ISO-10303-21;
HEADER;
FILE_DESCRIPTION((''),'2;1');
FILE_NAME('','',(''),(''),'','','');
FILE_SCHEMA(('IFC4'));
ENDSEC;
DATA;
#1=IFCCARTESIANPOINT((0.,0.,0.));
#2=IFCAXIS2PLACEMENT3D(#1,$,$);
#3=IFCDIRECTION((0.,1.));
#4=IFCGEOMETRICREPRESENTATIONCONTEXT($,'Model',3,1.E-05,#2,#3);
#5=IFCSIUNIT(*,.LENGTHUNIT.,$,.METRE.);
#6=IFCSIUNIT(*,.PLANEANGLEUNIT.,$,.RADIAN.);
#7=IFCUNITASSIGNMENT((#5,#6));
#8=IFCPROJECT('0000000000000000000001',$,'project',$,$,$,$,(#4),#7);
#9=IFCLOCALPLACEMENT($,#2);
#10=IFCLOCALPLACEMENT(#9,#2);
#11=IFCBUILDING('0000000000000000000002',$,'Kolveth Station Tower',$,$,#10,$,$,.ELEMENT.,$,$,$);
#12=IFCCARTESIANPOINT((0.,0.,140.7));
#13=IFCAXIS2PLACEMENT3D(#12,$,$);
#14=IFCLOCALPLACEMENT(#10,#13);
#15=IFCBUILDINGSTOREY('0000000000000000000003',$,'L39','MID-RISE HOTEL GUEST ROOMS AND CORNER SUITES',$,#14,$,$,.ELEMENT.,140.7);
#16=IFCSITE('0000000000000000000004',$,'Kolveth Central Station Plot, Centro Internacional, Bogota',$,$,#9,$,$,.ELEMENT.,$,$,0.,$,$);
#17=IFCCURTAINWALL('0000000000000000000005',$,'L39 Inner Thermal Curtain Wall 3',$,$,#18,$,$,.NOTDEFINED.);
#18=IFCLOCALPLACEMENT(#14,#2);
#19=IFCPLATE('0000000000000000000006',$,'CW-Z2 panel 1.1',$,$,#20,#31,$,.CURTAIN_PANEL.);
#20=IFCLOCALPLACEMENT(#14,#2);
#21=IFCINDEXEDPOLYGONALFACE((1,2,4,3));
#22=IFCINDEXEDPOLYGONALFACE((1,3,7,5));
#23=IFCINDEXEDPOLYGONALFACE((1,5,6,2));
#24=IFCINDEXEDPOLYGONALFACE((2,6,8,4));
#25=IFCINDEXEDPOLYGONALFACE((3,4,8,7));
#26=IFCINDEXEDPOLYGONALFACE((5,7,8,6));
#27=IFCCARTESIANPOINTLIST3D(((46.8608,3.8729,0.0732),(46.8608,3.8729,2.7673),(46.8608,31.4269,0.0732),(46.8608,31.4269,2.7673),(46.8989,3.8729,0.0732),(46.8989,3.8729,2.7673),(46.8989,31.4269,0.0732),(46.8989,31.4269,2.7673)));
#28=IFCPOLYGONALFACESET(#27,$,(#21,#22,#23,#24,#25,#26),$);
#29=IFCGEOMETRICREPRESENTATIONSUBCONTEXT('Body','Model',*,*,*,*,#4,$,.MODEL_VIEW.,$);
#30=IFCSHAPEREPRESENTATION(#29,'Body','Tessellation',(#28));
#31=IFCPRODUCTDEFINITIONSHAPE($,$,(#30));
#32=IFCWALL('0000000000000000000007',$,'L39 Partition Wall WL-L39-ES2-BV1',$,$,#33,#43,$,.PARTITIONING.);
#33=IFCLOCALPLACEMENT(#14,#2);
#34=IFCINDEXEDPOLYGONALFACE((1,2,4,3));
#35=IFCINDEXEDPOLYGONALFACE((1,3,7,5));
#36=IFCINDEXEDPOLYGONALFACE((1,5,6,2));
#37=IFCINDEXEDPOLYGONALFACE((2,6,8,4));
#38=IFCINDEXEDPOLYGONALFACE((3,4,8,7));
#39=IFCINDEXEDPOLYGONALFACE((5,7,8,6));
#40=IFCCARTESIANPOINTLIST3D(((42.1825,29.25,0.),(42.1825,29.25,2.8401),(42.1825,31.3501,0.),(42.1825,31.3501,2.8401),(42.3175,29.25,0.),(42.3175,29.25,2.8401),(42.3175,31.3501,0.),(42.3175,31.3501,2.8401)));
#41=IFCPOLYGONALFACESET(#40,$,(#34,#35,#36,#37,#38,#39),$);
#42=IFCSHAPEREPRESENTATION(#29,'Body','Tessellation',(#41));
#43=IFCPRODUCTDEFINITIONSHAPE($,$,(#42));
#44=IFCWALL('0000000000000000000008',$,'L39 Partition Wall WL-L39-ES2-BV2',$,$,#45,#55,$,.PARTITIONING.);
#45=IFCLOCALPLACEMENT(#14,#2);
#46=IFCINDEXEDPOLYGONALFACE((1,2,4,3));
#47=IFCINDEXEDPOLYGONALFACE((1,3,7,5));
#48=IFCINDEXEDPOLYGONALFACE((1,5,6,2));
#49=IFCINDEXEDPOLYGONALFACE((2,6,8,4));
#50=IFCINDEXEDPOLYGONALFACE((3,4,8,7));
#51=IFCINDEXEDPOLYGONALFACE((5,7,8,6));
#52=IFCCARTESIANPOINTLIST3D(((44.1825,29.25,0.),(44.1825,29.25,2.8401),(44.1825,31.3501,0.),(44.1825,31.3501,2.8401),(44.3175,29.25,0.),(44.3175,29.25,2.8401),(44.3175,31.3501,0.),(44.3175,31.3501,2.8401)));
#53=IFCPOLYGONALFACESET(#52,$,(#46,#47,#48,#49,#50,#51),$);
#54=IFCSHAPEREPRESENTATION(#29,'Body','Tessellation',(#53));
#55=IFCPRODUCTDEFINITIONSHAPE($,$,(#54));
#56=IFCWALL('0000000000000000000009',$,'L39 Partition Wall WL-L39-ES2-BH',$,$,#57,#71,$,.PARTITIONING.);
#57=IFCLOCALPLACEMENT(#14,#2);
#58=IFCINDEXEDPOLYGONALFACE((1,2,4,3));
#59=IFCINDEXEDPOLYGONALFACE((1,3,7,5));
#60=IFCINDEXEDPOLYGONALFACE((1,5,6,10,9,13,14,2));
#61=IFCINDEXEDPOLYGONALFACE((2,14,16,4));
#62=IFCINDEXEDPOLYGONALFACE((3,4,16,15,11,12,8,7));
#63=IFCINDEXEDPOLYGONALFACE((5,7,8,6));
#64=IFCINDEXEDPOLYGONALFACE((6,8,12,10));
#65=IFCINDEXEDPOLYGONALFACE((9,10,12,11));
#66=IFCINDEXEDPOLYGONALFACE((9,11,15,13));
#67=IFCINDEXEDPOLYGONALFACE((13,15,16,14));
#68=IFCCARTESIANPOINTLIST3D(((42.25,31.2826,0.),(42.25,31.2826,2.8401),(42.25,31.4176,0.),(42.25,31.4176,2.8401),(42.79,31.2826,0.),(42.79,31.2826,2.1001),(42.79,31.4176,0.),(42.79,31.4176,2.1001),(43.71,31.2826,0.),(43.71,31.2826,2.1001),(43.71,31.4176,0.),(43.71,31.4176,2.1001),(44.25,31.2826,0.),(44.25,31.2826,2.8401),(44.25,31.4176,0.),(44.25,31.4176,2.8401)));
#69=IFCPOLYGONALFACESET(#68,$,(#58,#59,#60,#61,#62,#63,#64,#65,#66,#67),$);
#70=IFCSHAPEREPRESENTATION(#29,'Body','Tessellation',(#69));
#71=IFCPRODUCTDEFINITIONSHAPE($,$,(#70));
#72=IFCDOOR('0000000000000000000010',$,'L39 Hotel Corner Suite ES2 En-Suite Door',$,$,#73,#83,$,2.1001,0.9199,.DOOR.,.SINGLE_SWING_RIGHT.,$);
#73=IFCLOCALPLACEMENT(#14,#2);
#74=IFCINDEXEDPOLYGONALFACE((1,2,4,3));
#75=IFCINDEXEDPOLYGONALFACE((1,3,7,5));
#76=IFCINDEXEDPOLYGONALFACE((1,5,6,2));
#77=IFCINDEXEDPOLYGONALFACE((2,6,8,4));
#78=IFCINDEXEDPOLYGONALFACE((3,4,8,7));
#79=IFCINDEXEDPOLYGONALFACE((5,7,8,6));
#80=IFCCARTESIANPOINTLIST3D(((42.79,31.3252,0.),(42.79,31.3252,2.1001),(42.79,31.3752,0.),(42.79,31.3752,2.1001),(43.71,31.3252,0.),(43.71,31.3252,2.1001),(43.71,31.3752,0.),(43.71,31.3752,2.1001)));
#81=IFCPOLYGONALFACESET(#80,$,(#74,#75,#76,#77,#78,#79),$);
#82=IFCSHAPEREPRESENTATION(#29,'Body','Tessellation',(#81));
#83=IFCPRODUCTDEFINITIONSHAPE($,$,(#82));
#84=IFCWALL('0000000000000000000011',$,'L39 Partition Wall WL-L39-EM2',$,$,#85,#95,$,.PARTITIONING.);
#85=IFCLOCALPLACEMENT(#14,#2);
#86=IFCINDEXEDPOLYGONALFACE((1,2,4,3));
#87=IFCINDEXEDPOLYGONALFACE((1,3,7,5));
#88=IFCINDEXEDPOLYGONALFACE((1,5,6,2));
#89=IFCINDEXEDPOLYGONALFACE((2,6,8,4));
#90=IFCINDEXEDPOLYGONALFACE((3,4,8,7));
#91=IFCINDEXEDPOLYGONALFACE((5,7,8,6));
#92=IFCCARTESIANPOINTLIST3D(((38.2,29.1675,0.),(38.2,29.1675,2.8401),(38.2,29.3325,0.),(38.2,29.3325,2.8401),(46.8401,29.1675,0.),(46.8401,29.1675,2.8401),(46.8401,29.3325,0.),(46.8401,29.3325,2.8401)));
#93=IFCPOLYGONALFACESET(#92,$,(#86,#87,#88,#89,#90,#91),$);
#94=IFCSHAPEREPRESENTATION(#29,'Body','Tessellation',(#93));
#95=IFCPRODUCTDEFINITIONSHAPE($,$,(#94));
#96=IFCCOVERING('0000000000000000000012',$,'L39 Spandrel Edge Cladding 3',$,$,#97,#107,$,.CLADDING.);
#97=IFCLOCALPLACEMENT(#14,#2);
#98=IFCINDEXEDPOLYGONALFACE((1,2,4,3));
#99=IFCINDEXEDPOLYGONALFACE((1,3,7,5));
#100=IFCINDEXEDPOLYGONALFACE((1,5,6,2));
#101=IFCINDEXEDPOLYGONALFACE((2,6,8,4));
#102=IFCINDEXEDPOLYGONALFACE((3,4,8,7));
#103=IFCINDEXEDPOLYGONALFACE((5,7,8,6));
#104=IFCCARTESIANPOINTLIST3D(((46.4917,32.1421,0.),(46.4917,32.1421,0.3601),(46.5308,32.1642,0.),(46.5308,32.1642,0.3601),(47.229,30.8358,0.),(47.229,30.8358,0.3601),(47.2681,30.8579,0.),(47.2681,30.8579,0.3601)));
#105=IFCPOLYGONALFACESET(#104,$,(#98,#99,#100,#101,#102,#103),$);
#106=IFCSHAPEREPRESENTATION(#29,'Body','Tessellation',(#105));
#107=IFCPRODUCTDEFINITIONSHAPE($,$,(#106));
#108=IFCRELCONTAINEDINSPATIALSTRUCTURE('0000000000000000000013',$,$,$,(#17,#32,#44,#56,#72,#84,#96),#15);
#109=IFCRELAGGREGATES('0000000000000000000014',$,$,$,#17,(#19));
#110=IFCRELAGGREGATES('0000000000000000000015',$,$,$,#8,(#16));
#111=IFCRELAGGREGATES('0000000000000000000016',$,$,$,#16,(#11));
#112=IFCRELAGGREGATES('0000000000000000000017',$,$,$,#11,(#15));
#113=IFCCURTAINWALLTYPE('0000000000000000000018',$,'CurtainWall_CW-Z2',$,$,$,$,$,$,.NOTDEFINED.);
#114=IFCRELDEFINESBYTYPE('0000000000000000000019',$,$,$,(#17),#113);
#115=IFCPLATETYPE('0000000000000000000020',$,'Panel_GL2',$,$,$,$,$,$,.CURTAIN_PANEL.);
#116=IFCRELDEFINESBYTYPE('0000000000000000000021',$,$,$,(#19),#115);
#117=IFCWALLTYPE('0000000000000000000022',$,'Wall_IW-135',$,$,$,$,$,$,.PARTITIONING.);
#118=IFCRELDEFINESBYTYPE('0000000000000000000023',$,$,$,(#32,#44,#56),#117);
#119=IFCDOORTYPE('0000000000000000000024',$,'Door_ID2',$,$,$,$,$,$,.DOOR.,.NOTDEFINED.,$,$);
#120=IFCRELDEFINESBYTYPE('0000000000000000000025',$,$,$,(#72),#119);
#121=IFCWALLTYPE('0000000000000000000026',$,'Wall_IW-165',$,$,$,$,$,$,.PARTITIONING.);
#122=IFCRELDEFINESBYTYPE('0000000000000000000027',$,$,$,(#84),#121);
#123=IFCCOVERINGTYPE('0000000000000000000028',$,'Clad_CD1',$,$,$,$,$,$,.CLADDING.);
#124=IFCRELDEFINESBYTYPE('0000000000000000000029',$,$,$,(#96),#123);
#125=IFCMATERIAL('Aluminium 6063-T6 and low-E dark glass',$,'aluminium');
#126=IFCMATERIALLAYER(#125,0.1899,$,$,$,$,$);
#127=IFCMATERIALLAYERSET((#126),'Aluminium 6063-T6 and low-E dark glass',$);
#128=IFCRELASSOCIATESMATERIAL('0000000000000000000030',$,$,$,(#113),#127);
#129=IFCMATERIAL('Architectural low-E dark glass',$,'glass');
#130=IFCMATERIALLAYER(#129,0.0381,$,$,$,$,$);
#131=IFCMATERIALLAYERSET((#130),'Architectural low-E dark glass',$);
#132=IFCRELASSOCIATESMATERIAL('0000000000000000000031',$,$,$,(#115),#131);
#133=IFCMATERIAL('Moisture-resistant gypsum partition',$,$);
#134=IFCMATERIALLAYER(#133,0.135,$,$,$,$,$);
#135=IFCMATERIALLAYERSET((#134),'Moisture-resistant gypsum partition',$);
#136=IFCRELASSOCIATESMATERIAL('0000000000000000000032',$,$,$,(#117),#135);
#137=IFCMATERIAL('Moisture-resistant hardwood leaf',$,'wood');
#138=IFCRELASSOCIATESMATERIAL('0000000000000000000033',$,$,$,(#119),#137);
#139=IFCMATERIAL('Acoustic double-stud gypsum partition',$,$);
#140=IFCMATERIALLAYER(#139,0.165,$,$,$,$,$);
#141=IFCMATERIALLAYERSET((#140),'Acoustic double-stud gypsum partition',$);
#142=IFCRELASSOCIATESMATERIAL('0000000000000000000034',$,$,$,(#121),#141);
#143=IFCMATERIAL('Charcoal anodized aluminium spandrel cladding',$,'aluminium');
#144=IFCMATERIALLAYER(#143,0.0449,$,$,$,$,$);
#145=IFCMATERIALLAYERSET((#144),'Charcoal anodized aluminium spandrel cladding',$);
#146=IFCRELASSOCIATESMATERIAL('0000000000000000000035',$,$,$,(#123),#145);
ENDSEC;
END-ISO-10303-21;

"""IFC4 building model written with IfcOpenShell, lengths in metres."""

from ifc_helpers import new_model, si_unit, direction, frame, frame_2d, origin, origin_2d, place, context, subcontext, project, spatial, rectangle, extrude, source, transform, mapped, material, layer, layer_set, type_object, element, fill, aggregate, save


model = new_model("IFC4")

# Units and contexts
model_context = context("Model", 3, precision=1e-05, world=origin(), true_north=direction((0.0, 1.0)))
body_context = subcontext(model_context, "Body", "Model", "MODEL_VIEW")
ifc_project = project(units=[si_unit("LENGTHUNIT", "METRE"), si_unit("PLANEANGLEUNIT", "RADIAN")], contexts=[model_context])

# Site, building, storey
site_placement = place(None, origin())
site = spatial("IfcSite", under=ifc_project, at=site_placement, Name="Kolveth Central Station Plot, Centro Internacional, Bogota", CompositionType="ELEMENT", RefElevation=0.0)
building_placement = place(site_placement, origin())
building = spatial("IfcBuilding", under=site, at=building_placement, Name="Kolveth Station Tower", CompositionType="ELEMENT")
storey_placement = place(building_placement, frame((0.0, 0.0, 140.7)))
storey = spatial("IfcBuildingStorey", under=building, at=storey_placement, Name="L39", Description="MID-RISE HOTEL GUEST ROOMS AND CORNER SUITES", CompositionType="ELEMENT", Elevation=140.7)

# Shared definitions
ifc_material_1 = material(Name="Aluminium 6063-T6 and low-E dark glass", Category="aluminium")
ifc_layer_1 = layer(ifc_material_1, 0.1899)
ifc_layer_set_1 = layer_set([ifc_layer_1], Name="Aluminium 6063-T6 and low-E dark glass")
curtain_wall_type = type_object("IfcCurtainWallType", Name="CurtainWall_CW-Z2", PredefinedType="NOTDEFINED", material=ifc_layer_set_1)

# Curtain wall
curtain_wall_1_placement = place(storey_placement, origin())
curtain_wall_1 = element("IfcCurtainWall", 1, at=curtain_wall_1_placement, inside=storey, type_object=curtain_wall_type, Name="L39 Inner Thermal Curtain Wall 3", PredefinedType="NOTDEFINED")

# Plate
ifc_material_2 = material(Name="Architectural low-E dark glass", Category="glass")
ifc_layer_2 = layer(ifc_material_2, 0.0381)
ifc_layer_set_2 = layer_set([ifc_layer_2], Name="Architectural low-E dark glass")
plate_type = type_object("IfcPlateType", Name="Panel_GL2", PredefinedType="CURTAIN_PANEL", material=ifc_layer_set_2)
shared_shape_1 = source(origin(), body_context, "Body", "SweptSolid", [
    extrude(rectangle(XDim=27.554, YDim=0.0381, at=origin_2d()), origin(), (0.0, 0.0, 1.0), 2.6941),
])
plate_placement = place(storey_placement, frame((46.8799, 17.6499, 0.0732), z_axis=(0.0, 0.0, 1.0), x_axis=(0.0, 1.0, 0.0)))
plate = element("IfcPlate", 2, at=plate_placement, type_object=plate_type, Name="CW-Z2 panel 1.1", PredefinedType="CURTAIN_PANEL", context=body_context, shape_type="MappedRepresentation", body=[
    mapped(shared_shape_1, transform((0.0, 0.0, 0.0), x_axis=(1.0, 0.0, 0.0), y_axis=(0.0, 1.0, 0.0), z_axis=(0.0, 0.0, 1.0), scale=1.0)),
])
aggregate(curtain_wall_1, [plate])

# Walls
ifc_material_3 = material(Name="Moisture-resistant gypsum partition")
ifc_layer_3 = layer(ifc_material_3, 0.135)
ifc_layer_set_3 = layer_set([ifc_layer_3], Name="Moisture-resistant gypsum partition")
wall_type_1 = type_object("IfcWallType", Name="Wall_IW-135", PredefinedType="PARTITIONING", material=ifc_layer_set_3)
for number, where, z_axis, x_axis, name in (
    (3, (42.25, 29.25, 0.0), (0.0, 0.0, 1.0), (0.0, 1.0, 0.0), "L39 Partition Wall WL-L39-ES2-BV1"),
    (4, (44.25, 29.25, 0.0), (0.0, 0.0, 1.0), (0.0, 1.0, 0.0), "L39 Partition Wall WL-L39-ES2-BV2"),
):
    element("IfcWall", number, at=place(storey_placement, frame(where, z_axis=z_axis, x_axis=x_axis)), inside=storey, type_object=wall_type_1, Name=name, PredefinedType="PARTITIONING", context=body_context, shape_type="SweptSolid", body=[
        extrude(rectangle(XDim=2.1001, YDim=0.135, at=frame_2d((1.05, 0.0))), origin(), (0.0, 0.0, 1.0), 2.8401),
    ])

# Wall, opening, door
wall_1_placement = place(storey_placement, frame((42.25, 31.3501, 0.0), z_axis=(0.0, 0.0, 1.0), x_axis=(1.0, 0.0, 0.0)))
wall_1 = element("IfcWall", 5, at=wall_1_placement, inside=storey, type_object=wall_type_1, Name="L39 Partition Wall WL-L39-ES2-BH", PredefinedType="PARTITIONING", context=body_context, shape_type="SweptSolid", body=[
    extrude(rectangle(XDim=2.0, YDim=0.135, at=frame_2d((1.0, 0.0))), origin(), (0.0, 0.0, 1.0), 2.8401),
])
opening_placement = place(wall_1_placement, frame((0.54, 0.0, 0.0)))
opening = element("IfcOpeningElement", 6, at=opening_placement, cuts=wall_1, PredefinedType="OPENING", context=body_context, shape_type="SweptSolid", body=[
    extrude(rectangle(XDim=0.9199, YDim=2.1001, at=frame_2d((0.46, 1.05))), frame((0.0, 0.0774, 0.0), z_axis=(0.0, -1.0, 0.0), x_axis=(1.0, 0.0, 0.0)), (0.0, 0.0, 1.0), 0.155),
])
ifc_material_4 = material(Name="Moisture-resistant hardwood leaf", Category="wood")
door_type = type_object("IfcDoorType", Name="Door_ID2", OperationType="NOTDEFINED", PredefinedType="DOOR", material=ifc_material_4)
door_placement = place(opening_placement, frame((0.9199, 0.0, 0.0), z_axis=(0.0, 0.0, 1.0), x_axis=(-1.0, 0.0, 0.0)))
door = element("IfcDoor", 7, at=door_placement, inside=storey, type_object=door_type, Name="L39 Hotel Corner Suite ES2 En-Suite Door", OperationType="SINGLE_SWING_RIGHT", OverallHeight=2.1001, OverallWidth=0.9199, PredefinedType="DOOR", context=body_context, shape_type="SweptSolid", body=[
    extrude(rectangle(XDim=0.9199, YDim=2.1001, at=frame_2d((0.46, 1.05))), frame((0.0, 0.0249, 0.0), z_axis=(0.0, -1.0, 0.0), x_axis=(1.0, 0.0, 0.0)), (0.0, 0.0, 1.0), 0.05),
])
fill(opening, door)

# Wall
ifc_material_5 = material(Name="Acoustic double-stud gypsum partition")
ifc_layer_4 = layer(ifc_material_5, 0.165)
ifc_layer_set_4 = layer_set([ifc_layer_4], Name="Acoustic double-stud gypsum partition")
wall_type_2 = type_object("IfcWallType", Name="Wall_IW-165", PredefinedType="PARTITIONING", material=ifc_layer_set_4)
wall_2_placement = place(storey_placement, frame((38.2, 29.25, 0.0), z_axis=(0.0, 0.0, 1.0), x_axis=(1.0, 0.0, 0.0)))
element("IfcWall", 8, at=wall_2_placement, inside=storey, type_object=wall_type_2, Name="L39 Partition Wall WL-L39-EM2", PredefinedType="PARTITIONING", context=body_context, shape_type="SweptSolid", body=[
    extrude(rectangle(XDim=8.6401, YDim=0.165, at=frame_2d((4.3201, 0.0))), origin(), (0.0, 0.0, 1.0), 2.8401),
])

# Covering
ifc_material_6 = material(Name="Charcoal anodized aluminium spandrel cladding", Category="aluminium")
ifc_layer_5 = layer(ifc_material_6, 0.0449)
ifc_layer_set_5 = layer_set([ifc_layer_5], Name="Charcoal anodized aluminium spandrel cladding")
covering_type = type_object("IfcCoveringType", Name="Clad_CD1", PredefinedType="CLADDING", material=ifc_layer_set_5)
shared_shape_2 = source(origin(), body_context, "Body", "SweptSolid", [
    extrude(rectangle(XDim=1.5, YDim=0.0449, at=origin_2d()), origin(), (0.0, 0.0, 1.0), 0.3601),
])
covering_placement = place(storey_placement, frame((46.8799, 31.5, 0.0), z_axis=(0.0, 0.0, 1.0), x_axis=(-0.491512, 0.870871, 0.0)))
element("IfcCovering", 9, at=covering_placement, inside=storey, type_object=covering_type, Name="L39 Spandrel Edge Cladding 3", PredefinedType="CLADDING", context=body_context, shape_type="MappedRepresentation", body=[
    mapped(shared_shape_2, transform((0.0, 0.0, 0.0), x_axis=(1.0, 0.0, 0.0), y_axis=(0.0, 1.0, 0.0), z_axis=(0.0, 0.0, 1.0), scale=1.0)),
])

save(model, "model.ifc")
